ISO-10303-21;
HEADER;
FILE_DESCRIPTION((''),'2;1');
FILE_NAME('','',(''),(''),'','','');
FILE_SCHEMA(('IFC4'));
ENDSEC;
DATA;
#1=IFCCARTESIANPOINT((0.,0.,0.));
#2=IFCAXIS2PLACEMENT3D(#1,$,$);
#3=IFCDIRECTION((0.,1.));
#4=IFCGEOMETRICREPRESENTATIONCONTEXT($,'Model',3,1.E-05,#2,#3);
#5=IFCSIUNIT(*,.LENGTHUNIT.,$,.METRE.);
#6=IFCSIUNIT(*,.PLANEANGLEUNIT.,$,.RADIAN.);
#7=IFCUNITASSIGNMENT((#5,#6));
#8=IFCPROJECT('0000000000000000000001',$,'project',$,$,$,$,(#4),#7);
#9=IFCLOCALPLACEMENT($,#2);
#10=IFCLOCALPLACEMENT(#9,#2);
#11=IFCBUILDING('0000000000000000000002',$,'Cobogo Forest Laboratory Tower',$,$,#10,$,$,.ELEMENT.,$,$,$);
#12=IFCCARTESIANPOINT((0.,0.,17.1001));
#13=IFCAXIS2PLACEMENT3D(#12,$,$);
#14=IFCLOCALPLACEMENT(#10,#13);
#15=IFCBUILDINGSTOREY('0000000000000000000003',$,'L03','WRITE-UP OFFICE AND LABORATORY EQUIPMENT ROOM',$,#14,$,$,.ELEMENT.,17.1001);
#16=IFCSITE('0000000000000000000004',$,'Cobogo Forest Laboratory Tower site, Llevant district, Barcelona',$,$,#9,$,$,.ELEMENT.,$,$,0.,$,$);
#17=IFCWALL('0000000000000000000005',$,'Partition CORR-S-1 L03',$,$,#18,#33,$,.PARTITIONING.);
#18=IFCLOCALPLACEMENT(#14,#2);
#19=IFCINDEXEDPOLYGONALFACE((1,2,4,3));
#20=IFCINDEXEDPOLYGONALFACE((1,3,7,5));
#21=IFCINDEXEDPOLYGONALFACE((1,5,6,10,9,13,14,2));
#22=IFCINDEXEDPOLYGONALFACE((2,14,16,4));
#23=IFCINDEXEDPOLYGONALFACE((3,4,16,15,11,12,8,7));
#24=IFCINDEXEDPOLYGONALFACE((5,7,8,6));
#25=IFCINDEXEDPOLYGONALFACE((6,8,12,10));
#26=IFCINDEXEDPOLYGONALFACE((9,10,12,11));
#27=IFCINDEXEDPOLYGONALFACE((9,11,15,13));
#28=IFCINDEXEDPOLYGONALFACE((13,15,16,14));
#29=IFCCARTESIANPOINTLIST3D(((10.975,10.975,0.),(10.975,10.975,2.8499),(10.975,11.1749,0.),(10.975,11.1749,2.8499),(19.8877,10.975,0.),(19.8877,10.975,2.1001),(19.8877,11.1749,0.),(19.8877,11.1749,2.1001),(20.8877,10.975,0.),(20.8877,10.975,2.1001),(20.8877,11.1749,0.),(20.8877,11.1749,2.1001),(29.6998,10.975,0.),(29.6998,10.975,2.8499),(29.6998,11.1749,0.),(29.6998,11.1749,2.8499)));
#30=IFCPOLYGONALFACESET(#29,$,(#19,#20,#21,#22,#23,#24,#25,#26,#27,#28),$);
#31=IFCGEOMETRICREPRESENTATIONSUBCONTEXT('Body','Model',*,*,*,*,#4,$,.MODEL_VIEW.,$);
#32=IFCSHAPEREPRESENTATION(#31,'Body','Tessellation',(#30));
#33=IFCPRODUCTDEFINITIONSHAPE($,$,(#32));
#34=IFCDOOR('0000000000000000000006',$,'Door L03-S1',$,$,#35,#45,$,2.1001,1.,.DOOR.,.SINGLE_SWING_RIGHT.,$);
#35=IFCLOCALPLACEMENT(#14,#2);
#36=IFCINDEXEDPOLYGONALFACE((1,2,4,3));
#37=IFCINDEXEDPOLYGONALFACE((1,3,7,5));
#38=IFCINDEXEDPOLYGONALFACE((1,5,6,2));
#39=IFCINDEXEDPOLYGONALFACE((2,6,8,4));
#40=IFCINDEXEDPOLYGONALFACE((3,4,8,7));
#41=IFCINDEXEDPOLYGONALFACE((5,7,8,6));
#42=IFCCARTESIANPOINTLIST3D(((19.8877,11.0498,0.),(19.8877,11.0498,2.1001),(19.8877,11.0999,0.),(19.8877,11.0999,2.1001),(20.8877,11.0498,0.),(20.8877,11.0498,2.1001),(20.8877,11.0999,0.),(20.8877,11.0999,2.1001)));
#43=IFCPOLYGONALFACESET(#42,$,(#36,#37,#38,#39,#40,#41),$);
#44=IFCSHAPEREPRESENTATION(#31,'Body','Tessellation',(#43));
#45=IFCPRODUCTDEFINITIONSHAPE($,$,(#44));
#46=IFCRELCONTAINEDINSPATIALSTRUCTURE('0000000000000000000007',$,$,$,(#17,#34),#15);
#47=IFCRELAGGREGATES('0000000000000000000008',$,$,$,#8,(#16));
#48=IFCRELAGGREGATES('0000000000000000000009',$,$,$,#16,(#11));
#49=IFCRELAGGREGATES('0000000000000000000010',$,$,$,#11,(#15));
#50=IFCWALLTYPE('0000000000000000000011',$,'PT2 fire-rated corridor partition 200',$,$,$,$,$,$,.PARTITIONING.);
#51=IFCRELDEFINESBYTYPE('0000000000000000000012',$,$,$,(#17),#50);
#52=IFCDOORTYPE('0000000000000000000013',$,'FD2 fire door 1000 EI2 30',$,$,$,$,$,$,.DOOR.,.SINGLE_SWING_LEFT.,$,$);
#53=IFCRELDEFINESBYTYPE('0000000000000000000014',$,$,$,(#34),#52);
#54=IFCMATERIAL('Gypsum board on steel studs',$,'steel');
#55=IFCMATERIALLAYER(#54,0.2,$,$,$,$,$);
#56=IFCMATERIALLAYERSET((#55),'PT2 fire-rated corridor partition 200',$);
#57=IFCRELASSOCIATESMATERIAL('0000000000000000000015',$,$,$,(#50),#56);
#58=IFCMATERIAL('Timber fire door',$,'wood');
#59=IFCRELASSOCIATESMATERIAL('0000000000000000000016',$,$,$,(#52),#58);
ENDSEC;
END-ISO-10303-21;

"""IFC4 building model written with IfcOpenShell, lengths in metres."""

from ifc_helpers import new_model, si_unit, direction, frame, frame_2d, origin, place, context, subcontext, project, spatial, rectangle, extrude, material, layer, layer_set, type_object, element, fill, save


model = new_model("IFC4")

# Units and contexts
model_context = context("Model", 3, precision=1e-05, world=origin(), true_north=direction((0.0, 1.0)))
body_context = subcontext(model_context, "Body", "Model", "MODEL_VIEW")
ifc_project = project(units=[si_unit("LENGTHUNIT", "METRE"), si_unit("PLANEANGLEUNIT", "RADIAN")], contexts=[model_context])

# Site, building, storey
site_placement = place(None, origin())
site = spatial("IfcSite", under=ifc_project, at=site_placement, Name="Cobogo Forest Laboratory Tower site, Llevant district, Barcelona", CompositionType="ELEMENT", RefElevation=0.0)
building_placement = place(site_placement, origin())
building = spatial("IfcBuilding", under=site, at=building_placement, Name="Cobogo Forest Laboratory Tower", CompositionType="ELEMENT")
storey_placement = place(building_placement, frame((0.0, 0.0, 17.1001)))
storey = spatial("IfcBuildingStorey", under=building, at=storey_placement, Name="L03", Description="WRITE-UP OFFICE AND LABORATORY EQUIPMENT ROOM", CompositionType="ELEMENT", Elevation=17.1001)

# Shared definitions
ifc_material_1 = material(Name="Gypsum board on steel studs", Category="steel")

# Wall, opening, door
ifc_layer_1 = layer(ifc_material_1, 0.2)
ifc_layer_set_1 = layer_set([ifc_layer_1], Name="PT2 fire-rated corridor partition 200")
wall_type_1 = type_object("IfcWallType", Name="PT2 fire-rated corridor partition 200", PredefinedType="PARTITIONING", material=ifc_layer_set_1)
wall_1_placement = place(storey_placement, frame((10.9751, 11.075, 0.0), z_axis=(0.0, 0.0, 1.0), x_axis=(1.0, 0.0, 0.0)))
wall_1 = element("IfcWall", 1, at=wall_1_placement, inside=storey, type_object=wall_type_1, Name="Partition CORR-S-1 L03", PredefinedType="PARTITIONING", context=body_context, shape_type="SweptSolid", body=[
    extrude(rectangle(XDim=18.7249, YDim=0.2, at=frame_2d((9.3623, 0.0))), origin(), (0.0, 0.0, 1.0), 2.8499),
])
opening_1_placement = place(wall_1_placement, frame((8.9126, 0.0, 0.0)))
opening_1 = element("IfcOpeningElement", 2, at=opening_1_placement, cuts=wall_1, PredefinedType="OPENING", context=body_context, shape_type="SweptSolid", body=[
    extrude(rectangle(XDim=1.0, YDim=2.1001, at=frame_2d((0.5, 1.05))), frame((0.0, 0.1099, 0.0), z_axis=(0.0, -1.0, 0.0), x_axis=(1.0, 0.0, 0.0)), (0.0, 0.0, 1.0), 0.22),
])
ifc_material_2 = material(Name="Timber fire door", Category="wood")
door_type_1 = type_object("IfcDoorType", Name="FD2 fire door 1000 EI2 30", OperationType="SINGLE_SWING_LEFT", PredefinedType="DOOR", material=ifc_material_2)
door_1_placement = place(opening_1_placement, origin())
door_1 = element("IfcDoor", 3, at=door_1_placement, inside=storey, type_object=door_type_1, Name="Door L03-S1", OperationType="SINGLE_SWING_RIGHT", OverallHeight=2.1001, OverallWidth=1.0, PredefinedType="DOOR", context=body_context, shape_type="SweptSolid", body=[
    extrude(rectangle(XDim=1.0, YDim=2.1001, at=frame_2d((0.5, 1.05))), frame((0.0, 0.0249, 0.0), z_axis=(0.0, -1.0, 0.0), x_axis=(1.0, 0.0, 0.0)), (0.0, 0.0, 1.0), 0.05),
])
fill(opening_1, door_1)

save(model, "model.ifc")
